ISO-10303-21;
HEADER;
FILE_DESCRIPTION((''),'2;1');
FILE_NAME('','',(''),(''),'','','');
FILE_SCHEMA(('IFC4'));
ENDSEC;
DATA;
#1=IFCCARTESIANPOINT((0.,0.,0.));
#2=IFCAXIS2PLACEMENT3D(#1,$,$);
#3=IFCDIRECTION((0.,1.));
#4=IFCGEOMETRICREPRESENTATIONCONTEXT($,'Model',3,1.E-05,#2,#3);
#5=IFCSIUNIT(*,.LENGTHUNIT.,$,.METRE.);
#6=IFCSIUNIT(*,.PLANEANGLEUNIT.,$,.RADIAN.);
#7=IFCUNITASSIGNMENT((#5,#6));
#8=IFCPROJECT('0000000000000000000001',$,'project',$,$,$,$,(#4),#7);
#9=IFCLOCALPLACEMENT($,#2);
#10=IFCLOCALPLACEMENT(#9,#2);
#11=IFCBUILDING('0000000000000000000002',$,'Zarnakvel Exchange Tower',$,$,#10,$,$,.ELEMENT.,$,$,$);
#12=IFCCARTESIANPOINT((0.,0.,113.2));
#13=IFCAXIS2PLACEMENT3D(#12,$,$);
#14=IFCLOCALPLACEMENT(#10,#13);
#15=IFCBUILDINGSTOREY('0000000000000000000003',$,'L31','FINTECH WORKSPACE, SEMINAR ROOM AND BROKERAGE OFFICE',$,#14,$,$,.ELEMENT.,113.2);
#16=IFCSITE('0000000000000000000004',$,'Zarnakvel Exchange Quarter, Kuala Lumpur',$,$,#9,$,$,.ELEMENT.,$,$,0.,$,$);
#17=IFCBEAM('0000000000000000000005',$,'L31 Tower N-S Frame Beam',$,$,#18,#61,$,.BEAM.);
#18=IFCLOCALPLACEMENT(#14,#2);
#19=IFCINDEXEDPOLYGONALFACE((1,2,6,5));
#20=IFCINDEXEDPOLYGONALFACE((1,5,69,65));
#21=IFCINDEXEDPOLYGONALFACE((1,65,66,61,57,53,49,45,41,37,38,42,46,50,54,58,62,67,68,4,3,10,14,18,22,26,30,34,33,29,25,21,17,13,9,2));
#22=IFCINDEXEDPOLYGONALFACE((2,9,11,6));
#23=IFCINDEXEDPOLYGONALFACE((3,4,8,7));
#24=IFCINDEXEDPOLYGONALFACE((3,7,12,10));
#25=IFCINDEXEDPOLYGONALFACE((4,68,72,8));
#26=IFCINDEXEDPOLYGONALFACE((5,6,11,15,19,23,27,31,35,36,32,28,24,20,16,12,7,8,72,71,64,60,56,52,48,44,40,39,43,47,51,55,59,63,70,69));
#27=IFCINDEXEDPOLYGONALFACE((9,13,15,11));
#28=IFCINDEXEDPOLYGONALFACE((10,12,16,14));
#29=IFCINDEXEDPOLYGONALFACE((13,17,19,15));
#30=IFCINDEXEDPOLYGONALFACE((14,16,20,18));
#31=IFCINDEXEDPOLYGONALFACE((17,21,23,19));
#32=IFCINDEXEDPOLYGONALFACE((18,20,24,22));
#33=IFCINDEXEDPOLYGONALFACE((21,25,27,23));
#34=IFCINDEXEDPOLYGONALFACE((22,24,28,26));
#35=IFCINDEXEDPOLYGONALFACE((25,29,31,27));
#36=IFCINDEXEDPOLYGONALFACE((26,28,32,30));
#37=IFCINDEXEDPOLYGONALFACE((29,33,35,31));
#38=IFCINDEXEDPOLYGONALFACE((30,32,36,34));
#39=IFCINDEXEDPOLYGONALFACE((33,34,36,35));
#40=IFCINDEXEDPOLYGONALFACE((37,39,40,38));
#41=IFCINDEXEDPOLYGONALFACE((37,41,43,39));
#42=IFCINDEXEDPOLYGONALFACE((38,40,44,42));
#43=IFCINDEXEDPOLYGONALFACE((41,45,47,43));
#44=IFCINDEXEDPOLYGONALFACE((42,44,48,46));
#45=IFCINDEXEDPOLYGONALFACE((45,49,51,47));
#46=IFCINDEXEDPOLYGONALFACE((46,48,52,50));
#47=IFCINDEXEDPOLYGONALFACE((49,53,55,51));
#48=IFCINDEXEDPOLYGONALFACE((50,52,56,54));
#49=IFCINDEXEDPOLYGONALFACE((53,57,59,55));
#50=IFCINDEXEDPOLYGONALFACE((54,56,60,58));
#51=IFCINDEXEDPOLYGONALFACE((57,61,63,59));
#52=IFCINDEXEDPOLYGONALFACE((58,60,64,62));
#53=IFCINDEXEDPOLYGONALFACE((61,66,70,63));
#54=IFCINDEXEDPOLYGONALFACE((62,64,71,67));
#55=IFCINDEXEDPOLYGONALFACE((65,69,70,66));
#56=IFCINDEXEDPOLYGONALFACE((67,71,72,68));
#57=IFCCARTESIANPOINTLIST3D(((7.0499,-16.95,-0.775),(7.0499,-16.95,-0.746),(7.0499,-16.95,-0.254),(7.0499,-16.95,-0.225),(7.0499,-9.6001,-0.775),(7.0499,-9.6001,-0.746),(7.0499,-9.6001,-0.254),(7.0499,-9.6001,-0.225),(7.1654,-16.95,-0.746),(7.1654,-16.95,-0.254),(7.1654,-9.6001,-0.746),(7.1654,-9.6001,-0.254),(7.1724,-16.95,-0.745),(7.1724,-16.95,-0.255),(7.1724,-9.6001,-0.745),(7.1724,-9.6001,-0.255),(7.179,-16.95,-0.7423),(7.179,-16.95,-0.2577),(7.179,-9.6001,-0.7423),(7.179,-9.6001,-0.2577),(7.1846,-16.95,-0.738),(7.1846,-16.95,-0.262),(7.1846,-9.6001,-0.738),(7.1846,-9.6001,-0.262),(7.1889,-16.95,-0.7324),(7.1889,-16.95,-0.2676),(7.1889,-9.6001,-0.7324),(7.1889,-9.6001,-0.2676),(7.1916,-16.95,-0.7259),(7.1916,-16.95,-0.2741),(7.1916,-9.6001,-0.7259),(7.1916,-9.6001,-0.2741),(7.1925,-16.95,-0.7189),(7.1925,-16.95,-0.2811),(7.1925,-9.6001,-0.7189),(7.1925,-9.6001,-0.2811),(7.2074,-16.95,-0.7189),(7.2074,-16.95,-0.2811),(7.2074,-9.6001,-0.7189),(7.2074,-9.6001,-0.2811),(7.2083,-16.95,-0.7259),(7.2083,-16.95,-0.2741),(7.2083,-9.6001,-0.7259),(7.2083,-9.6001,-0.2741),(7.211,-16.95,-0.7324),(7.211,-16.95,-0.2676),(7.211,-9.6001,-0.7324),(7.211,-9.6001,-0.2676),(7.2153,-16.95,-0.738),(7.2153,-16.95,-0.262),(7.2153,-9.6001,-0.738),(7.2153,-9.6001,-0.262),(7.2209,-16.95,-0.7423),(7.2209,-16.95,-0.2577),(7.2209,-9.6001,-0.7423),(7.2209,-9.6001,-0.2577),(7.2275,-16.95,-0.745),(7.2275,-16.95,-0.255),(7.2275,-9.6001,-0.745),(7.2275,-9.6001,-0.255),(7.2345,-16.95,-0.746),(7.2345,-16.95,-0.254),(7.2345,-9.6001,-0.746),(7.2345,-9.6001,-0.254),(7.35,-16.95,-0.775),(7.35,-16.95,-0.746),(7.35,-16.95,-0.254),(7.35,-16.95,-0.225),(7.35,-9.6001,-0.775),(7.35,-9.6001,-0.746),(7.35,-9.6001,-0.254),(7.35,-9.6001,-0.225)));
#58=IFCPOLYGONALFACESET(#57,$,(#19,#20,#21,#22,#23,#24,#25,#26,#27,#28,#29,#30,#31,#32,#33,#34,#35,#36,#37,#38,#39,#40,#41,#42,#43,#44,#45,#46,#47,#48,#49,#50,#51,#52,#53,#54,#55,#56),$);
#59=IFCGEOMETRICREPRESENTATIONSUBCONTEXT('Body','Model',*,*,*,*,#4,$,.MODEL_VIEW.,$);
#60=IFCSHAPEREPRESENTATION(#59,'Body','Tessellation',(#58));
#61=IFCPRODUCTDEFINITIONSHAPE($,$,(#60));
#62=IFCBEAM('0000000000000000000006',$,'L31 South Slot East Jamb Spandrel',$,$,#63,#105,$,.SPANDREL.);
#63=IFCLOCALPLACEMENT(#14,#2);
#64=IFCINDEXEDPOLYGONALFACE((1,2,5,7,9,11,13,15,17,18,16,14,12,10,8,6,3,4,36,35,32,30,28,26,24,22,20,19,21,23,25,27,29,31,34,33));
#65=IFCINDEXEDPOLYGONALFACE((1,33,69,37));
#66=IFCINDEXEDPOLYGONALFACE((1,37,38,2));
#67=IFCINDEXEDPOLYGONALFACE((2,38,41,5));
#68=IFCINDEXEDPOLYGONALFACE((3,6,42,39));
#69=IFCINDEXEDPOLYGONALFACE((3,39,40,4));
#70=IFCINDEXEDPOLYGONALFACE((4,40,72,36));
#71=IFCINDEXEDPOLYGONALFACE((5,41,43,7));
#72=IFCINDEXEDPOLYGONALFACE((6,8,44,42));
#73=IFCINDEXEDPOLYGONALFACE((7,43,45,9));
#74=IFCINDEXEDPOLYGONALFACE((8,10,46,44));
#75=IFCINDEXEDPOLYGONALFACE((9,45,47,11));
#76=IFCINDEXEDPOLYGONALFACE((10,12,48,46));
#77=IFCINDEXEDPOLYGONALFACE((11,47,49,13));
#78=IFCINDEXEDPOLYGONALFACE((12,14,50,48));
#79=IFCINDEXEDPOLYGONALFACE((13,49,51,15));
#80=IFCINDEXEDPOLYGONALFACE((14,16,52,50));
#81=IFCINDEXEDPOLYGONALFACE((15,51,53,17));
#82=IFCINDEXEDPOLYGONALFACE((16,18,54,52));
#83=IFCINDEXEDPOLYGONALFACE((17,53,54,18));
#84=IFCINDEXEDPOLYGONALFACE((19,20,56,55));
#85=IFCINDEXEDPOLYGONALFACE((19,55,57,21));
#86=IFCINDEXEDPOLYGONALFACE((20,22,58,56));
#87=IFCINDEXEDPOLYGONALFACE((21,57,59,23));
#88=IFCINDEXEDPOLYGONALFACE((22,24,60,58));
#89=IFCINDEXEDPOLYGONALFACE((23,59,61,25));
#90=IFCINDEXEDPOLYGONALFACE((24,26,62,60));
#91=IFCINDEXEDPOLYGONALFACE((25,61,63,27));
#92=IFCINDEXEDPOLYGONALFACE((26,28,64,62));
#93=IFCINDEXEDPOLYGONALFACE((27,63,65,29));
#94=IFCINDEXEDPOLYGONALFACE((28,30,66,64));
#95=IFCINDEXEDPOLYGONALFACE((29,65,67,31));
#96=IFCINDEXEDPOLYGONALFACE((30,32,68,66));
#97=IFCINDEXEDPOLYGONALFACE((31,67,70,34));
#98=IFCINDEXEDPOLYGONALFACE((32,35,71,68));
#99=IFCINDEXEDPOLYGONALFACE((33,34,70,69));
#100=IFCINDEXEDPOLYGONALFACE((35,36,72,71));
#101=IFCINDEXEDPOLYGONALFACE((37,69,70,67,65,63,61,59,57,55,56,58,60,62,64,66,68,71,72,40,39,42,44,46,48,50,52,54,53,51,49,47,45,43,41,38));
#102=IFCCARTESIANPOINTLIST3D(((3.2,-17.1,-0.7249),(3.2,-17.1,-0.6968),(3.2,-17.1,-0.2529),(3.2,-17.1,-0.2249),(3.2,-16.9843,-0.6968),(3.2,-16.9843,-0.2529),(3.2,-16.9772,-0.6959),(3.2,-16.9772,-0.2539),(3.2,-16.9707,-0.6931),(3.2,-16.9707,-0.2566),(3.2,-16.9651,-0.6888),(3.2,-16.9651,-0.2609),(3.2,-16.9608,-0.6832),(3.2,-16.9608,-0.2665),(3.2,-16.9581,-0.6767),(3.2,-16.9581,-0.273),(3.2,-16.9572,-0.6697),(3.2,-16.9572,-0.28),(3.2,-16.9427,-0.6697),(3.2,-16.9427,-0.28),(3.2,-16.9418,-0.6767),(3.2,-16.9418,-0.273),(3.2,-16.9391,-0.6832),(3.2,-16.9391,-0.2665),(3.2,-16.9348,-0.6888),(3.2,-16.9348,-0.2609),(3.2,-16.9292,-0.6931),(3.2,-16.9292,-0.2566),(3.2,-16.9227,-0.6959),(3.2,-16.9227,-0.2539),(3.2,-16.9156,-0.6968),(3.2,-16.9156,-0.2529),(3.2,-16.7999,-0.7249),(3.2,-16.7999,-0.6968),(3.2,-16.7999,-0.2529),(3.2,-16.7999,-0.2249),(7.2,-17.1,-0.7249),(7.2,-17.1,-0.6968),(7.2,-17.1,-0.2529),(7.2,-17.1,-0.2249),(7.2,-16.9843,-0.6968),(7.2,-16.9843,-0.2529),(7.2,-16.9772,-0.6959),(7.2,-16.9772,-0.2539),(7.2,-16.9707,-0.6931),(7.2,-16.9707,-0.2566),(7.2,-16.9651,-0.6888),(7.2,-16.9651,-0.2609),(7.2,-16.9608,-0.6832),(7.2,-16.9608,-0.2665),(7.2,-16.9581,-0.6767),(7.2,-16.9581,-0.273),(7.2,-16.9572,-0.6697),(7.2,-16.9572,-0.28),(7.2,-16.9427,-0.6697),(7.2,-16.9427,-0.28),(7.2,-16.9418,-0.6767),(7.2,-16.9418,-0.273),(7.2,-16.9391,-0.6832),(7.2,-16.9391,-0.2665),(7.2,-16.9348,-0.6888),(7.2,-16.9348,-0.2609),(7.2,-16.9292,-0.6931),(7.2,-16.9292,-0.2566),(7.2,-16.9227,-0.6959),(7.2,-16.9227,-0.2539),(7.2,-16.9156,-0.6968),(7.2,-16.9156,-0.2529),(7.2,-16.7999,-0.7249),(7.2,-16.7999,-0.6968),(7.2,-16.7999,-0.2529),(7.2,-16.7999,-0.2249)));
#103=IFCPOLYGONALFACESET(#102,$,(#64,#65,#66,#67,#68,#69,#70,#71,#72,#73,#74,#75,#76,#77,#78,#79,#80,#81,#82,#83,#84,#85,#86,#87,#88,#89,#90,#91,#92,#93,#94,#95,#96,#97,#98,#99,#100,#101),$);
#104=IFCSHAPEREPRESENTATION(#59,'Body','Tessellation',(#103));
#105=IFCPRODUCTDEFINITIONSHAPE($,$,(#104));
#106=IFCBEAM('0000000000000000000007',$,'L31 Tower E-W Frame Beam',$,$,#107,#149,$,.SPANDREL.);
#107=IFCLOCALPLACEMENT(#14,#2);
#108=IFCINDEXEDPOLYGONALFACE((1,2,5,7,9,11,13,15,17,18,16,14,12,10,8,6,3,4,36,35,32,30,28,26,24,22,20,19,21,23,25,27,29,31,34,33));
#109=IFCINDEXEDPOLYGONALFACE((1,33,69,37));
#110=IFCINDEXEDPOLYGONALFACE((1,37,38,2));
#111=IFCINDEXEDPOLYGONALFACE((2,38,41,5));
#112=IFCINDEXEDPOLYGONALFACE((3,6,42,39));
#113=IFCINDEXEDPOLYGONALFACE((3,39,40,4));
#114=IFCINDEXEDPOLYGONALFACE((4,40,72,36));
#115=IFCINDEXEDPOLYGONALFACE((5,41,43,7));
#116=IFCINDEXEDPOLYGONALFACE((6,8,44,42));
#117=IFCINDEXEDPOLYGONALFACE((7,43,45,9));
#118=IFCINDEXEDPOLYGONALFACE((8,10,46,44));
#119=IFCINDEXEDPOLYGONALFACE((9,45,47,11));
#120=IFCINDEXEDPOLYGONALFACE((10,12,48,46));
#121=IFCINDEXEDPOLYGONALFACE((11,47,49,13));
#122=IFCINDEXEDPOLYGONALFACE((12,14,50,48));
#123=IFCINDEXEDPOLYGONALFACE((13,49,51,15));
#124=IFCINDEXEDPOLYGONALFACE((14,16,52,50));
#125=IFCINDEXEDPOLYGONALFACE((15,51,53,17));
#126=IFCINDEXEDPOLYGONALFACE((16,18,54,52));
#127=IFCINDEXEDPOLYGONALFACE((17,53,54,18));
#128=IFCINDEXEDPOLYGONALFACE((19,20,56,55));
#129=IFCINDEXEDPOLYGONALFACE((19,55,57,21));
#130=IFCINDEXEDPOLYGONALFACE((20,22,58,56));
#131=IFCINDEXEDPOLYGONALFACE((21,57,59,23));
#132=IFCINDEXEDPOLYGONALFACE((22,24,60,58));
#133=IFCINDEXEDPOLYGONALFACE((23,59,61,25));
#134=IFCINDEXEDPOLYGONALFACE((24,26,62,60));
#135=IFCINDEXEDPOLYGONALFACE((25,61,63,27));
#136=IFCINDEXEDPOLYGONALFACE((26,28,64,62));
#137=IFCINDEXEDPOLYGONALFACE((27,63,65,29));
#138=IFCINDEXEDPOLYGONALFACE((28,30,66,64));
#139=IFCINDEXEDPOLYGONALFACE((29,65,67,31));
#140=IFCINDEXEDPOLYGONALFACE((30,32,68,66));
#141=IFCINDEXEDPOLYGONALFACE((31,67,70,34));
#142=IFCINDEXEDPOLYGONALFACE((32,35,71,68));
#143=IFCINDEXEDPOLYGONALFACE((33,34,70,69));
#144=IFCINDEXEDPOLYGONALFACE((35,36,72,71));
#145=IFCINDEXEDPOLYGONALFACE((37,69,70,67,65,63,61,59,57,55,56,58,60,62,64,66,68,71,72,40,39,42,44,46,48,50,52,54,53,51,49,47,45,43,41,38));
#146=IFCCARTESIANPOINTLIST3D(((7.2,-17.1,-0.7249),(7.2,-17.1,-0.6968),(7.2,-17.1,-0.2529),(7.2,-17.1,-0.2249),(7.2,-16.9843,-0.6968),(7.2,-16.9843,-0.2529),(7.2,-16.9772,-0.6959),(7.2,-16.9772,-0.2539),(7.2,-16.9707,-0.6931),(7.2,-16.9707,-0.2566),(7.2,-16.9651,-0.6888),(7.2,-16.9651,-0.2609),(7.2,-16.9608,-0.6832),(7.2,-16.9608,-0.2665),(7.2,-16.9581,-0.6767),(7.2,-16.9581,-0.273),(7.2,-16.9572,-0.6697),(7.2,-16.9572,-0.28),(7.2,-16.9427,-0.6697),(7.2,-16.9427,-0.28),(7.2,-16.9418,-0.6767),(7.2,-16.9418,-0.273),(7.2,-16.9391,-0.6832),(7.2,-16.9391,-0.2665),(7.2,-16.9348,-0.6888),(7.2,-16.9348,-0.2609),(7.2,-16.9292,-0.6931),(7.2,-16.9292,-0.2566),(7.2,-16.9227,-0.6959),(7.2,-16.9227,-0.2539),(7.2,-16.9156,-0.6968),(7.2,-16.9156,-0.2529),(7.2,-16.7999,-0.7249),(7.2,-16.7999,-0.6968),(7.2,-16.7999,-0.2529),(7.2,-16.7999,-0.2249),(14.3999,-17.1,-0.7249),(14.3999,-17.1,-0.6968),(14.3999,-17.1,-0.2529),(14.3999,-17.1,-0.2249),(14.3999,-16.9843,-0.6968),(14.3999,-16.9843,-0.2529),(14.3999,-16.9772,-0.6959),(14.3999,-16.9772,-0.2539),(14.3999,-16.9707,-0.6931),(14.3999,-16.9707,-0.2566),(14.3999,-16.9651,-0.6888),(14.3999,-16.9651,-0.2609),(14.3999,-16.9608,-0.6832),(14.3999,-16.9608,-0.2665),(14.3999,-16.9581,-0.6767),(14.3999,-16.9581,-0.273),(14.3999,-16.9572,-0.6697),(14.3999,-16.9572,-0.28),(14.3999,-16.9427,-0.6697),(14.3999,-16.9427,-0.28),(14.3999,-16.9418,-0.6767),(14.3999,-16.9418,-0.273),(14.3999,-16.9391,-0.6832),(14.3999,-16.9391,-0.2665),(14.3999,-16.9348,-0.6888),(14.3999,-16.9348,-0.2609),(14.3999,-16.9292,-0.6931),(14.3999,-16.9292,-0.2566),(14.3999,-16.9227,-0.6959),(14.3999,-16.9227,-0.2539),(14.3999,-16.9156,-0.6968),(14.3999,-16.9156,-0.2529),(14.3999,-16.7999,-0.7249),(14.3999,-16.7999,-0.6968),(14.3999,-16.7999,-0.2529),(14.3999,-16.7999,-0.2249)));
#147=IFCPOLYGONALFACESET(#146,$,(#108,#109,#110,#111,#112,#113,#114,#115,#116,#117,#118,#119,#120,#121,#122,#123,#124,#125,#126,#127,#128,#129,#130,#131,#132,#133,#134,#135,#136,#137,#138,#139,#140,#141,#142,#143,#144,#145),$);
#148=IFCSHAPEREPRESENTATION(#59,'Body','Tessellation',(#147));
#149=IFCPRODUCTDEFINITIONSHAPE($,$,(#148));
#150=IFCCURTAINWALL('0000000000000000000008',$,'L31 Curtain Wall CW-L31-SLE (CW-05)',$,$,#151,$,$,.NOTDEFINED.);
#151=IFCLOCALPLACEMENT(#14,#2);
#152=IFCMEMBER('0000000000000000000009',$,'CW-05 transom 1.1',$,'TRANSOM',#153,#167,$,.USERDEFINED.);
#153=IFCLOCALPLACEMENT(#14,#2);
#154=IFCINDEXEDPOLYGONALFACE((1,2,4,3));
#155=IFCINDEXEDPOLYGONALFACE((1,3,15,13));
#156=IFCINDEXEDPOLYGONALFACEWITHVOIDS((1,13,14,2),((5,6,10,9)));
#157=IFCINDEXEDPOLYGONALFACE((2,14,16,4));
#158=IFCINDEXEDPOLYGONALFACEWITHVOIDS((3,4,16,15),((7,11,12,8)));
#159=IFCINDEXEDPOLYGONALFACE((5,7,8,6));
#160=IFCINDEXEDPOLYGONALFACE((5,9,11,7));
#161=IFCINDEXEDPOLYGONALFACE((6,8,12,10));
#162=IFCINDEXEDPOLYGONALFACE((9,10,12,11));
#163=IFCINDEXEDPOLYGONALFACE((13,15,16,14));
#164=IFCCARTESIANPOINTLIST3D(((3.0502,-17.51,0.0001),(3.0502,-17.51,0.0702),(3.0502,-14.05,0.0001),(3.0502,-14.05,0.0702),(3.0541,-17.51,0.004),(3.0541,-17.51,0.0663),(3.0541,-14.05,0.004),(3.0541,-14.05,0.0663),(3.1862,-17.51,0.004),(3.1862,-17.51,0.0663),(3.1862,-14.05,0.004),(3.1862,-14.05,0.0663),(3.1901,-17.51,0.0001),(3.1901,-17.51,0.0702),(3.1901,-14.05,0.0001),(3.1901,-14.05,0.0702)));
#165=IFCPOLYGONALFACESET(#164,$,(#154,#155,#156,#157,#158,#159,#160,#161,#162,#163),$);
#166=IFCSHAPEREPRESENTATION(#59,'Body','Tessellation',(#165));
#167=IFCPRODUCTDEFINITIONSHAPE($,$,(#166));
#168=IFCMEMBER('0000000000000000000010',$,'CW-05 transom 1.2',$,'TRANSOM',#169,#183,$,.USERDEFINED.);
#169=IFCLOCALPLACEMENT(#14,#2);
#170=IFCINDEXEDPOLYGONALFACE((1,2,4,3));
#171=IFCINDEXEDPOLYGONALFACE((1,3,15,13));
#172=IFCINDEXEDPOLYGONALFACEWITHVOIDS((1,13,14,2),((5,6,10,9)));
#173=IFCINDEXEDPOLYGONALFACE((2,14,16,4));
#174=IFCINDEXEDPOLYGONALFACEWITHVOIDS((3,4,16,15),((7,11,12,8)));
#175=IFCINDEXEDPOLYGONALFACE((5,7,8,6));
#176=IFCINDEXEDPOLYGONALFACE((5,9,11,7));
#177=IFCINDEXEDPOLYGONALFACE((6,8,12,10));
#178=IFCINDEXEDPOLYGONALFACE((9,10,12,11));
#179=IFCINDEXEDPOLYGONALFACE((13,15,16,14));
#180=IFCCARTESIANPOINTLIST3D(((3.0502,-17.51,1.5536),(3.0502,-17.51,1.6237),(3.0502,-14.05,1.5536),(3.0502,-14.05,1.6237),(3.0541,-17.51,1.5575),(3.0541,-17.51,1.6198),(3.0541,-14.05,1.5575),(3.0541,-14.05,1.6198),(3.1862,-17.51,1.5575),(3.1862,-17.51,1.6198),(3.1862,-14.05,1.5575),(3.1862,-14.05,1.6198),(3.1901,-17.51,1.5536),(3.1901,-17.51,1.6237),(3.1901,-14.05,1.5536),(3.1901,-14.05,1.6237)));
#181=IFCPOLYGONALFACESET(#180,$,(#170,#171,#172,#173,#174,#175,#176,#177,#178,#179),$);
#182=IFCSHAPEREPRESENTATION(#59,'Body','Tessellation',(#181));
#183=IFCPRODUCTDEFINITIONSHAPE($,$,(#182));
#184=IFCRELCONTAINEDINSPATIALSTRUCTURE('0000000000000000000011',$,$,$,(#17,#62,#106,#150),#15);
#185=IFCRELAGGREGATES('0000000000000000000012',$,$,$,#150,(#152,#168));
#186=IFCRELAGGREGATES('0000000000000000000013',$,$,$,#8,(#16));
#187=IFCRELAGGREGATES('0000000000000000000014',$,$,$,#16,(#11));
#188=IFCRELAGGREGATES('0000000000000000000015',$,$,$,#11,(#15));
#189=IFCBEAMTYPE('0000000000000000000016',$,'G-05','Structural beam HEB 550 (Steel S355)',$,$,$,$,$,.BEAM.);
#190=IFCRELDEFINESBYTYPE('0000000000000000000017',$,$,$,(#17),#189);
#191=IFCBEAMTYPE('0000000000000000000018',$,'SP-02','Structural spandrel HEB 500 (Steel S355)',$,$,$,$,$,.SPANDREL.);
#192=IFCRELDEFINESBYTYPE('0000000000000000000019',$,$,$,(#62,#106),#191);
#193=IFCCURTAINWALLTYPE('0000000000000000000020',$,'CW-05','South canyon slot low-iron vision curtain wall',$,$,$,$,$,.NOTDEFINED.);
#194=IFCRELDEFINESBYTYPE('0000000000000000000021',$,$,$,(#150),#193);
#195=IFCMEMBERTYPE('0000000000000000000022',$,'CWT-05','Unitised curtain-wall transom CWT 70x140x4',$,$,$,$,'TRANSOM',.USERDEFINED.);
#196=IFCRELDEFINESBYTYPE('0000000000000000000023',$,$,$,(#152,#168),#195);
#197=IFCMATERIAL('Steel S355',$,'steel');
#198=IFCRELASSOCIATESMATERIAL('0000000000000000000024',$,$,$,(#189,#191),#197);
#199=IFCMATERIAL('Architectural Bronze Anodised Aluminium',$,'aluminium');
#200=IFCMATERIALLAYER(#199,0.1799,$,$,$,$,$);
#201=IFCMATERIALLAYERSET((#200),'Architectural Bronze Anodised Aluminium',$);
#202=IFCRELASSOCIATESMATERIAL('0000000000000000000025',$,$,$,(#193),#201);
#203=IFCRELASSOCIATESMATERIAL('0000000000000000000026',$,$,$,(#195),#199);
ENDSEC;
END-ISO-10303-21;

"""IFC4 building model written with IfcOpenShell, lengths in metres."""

from ifc_helpers import new_model, si_unit, direction, frame, origin, origin_2d, place, context, subcontext, project, spatial, hollow_rectangle, i_section, extrude, source, transform, mapped, material, layer, layer_set, material_profile, profile_set, type_object, element, aggregate, save


model = new_model("IFC4")

# Units and contexts
model_context = context("Model", 3, precision=1e-05, world=origin(), true_north=direction((0.0, 1.0)))
body_context = subcontext(model_context, "Body", "Model", "MODEL_VIEW")
ifc_project = project(units=[si_unit("LENGTHUNIT", "METRE"), si_unit("PLANEANGLEUNIT", "RADIAN")], contexts=[model_context])

# Site, building, storey
site_placement = place(None, origin())
site = spatial("IfcSite", under=ifc_project, at=site_placement, Name="Zarnakvel Exchange Quarter, Kuala Lumpur", CompositionType="ELEMENT", RefElevation=0.0)
building_placement = place(site_placement, origin())
building = spatial("IfcBuilding", under=site, at=building_placement, Name="Zarnakvel Exchange Tower", CompositionType="ELEMENT")
storey_placement = place(building_placement, frame((0.0, 0.0, 113.2)))
storey = spatial("IfcBuildingStorey", under=building, at=storey_placement, Name="L31", Description="FINTECH WORKSPACE, SEMINAR ROOM AND BROKERAGE OFFICE", CompositionType="ELEMENT", Elevation=113.2)

# Beams
ifc_material_1 = material(Name="Steel S355", Category="steel")
ifc_material_profile_1 = material_profile(ifc_material_1, i_section(OverallWidth=0.3, OverallDepth=0.55, WebThickness=0.0149, FlangeThickness=0.0291, FilletRadius=0.0271, at=origin_2d()))
ifc_profile_set_1 = profile_set([ifc_material_profile_1], Name="Steel S355")
beam_type_1 = type_object("IfcBeamType", Name="G-05", Description="Structural beam HEB 550 (Steel S355)", PredefinedType="BEAM", material=ifc_profile_set_1)
beam_1_placement = place(storey_placement, frame((7.2, -16.95, -0.5), z_axis=(0.0, 1.0, 0.0), x_axis=(-1.0, 0.0, 0.0)))
element("IfcBeam", 1, at=beam_1_placement, inside=storey, type_object=beam_type_1, Name="L31 Tower N-S Frame Beam", PredefinedType="BEAM", context=body_context, shape_type="SweptSolid", body=[
    extrude(i_section(OverallWidth=0.3, OverallDepth=0.55, WebThickness=0.0149, FlangeThickness=0.0291, FilletRadius=0.0271, at=origin_2d()), origin(), (0.0, 0.0, 1.0), 7.3499),
])
ifc_material_profile_2 = material_profile(ifc_material_1, i_section(OverallWidth=0.3, OverallDepth=0.5, WebThickness=0.0144, FlangeThickness=0.0281, FilletRadius=0.0271, at=origin_2d()))
ifc_profile_set_2 = profile_set([ifc_material_profile_2], Name="Steel S355")
beam_type_2 = type_object("IfcBeamType", Name="SP-02", Description="Structural spandrel HEB 500 (Steel S355)", PredefinedType="SPANDREL", material=ifc_profile_set_2)
beam_2_placement = place(storey_placement, frame((3.2, -16.95, -0.4749), z_axis=(1.0, 0.0, 0.0), x_axis=(0.0, 1.0, 0.0)))
element("IfcBeam", 2, at=beam_2_placement, inside=storey, type_object=beam_type_2, Name="L31 South Slot East Jamb Spandrel", PredefinedType="SPANDREL", context=body_context, shape_type="SweptSolid", body=[
    extrude(i_section(OverallWidth=0.3, OverallDepth=0.5, WebThickness=0.0144, FlangeThickness=0.0281, FilletRadius=0.0271, at=origin_2d()), origin(), (0.0, 0.0, 1.0), 4.0),
])
beam_3_placement = place(storey_placement, frame((7.2, -16.95, -0.4749), z_axis=(1.0, 0.0, 0.0), x_axis=(0.0, 1.0, 0.0)))
element("IfcBeam", 3, at=beam_3_placement, inside=storey, type_object=beam_type_2, Name="L31 Tower E-W Frame Beam", PredefinedType="SPANDREL", context=body_context, shape_type="SweptSolid", body=[
    extrude(i_section(OverallWidth=0.3, OverallDepth=0.5, WebThickness=0.0144, FlangeThickness=0.0281, FilletRadius=0.0271, at=origin_2d()), origin(), (0.0, 0.0, 1.0), 7.2),
])

# Curtain wall, members
ifc_material_2 = material(Name="Architectural Bronze Anodised Aluminium", Category="aluminium")
ifc_layer_1 = layer(ifc_material_2, 0.1799)
ifc_layer_set_1 = layer_set([ifc_layer_1], Name="Architectural Bronze Anodised Aluminium")
curtain_wall_type = type_object("IfcCurtainWallType", Name="CW-05", Description="South canyon slot low-iron vision curtain wall", PredefinedType="NOTDEFINED", material=ifc_layer_set_1)
curtain_wall_1_placement = place(storey_placement, origin())
curtain_wall_1 = element("IfcCurtainWall", 4, at=curtain_wall_1_placement, inside=storey, type_object=curtain_wall_type, Name="L31 Curtain Wall CW-L31-SLE (CW-05)", PredefinedType="NOTDEFINED")
ifc_material_profile_3 = material_profile(ifc_material_2, hollow_rectangle(XDim=0.1399, YDim=0.0701, WallThickness=0.0039, at=origin_2d()))
ifc_profile_set_3 = profile_set([ifc_material_profile_3], Name="Architectural Bronze Anodised Aluminium")
member_type_1 = type_object("IfcMemberType", Name="CWT-05", Description="Unitised curtain-wall transom CWT 70x140x4", ElementType="TRANSOM", PredefinedType="USERDEFINED", material=ifc_profile_set_3)
shared_shape_1 = source(origin(), body_context, "Body", "SweptSolid", [
    extrude(hollow_rectangle(XDim=0.1399, YDim=0.0701, WallThickness=0.0039, at=origin_2d()), origin(), (0.0, 0.0, 1.0), 3.46),
])
member_1_placement = place(storey_placement, frame((3.1201, -14.05, 0.0352), z_axis=(0.0, -1.0, 0.0), x_axis=(1.0, 0.0, 0.0)))
member_1 = element("IfcMember", 5, at=member_1_placement, type_object=member_type_1, Name="CW-05 transom 1.1", ObjectType="TRANSOM", PredefinedType="USERDEFINED", context=body_context, shape_type="MappedRepresentation", body=[
    mapped(shared_shape_1, transform((0.0, 0.0, 0.0), x_axis=(1.0, 0.0, 0.0), y_axis=(0.0, 1.0, 0.0), z_axis=(0.0, 0.0, 1.0), scale=1.0)),
])
member_2_placement = place(storey_placement, frame((3.1201, -14.05, 1.5886), z_axis=(0.0, -1.0, 0.0), x_axis=(1.0, 0.0, 0.0)))
member_2 = element("IfcMember", 6, at=member_2_placement, type_object=member_type_1, Name="CW-05 transom 1.2", ObjectType="TRANSOM", PredefinedType="USERDEFINED", context=body_context, shape_type="MappedRepresentation", body=[
    mapped(shared_shape_1, transform((0.0, 0.0, 0.0), x_axis=(1.0, 0.0, 0.0), y_axis=(0.0, 1.0, 0.0), z_axis=(0.0, 0.0, 1.0), scale=1.0)),
])

aggregate(curtain_wall_1, [member_1, member_2])

save(model, "model.ifc")
